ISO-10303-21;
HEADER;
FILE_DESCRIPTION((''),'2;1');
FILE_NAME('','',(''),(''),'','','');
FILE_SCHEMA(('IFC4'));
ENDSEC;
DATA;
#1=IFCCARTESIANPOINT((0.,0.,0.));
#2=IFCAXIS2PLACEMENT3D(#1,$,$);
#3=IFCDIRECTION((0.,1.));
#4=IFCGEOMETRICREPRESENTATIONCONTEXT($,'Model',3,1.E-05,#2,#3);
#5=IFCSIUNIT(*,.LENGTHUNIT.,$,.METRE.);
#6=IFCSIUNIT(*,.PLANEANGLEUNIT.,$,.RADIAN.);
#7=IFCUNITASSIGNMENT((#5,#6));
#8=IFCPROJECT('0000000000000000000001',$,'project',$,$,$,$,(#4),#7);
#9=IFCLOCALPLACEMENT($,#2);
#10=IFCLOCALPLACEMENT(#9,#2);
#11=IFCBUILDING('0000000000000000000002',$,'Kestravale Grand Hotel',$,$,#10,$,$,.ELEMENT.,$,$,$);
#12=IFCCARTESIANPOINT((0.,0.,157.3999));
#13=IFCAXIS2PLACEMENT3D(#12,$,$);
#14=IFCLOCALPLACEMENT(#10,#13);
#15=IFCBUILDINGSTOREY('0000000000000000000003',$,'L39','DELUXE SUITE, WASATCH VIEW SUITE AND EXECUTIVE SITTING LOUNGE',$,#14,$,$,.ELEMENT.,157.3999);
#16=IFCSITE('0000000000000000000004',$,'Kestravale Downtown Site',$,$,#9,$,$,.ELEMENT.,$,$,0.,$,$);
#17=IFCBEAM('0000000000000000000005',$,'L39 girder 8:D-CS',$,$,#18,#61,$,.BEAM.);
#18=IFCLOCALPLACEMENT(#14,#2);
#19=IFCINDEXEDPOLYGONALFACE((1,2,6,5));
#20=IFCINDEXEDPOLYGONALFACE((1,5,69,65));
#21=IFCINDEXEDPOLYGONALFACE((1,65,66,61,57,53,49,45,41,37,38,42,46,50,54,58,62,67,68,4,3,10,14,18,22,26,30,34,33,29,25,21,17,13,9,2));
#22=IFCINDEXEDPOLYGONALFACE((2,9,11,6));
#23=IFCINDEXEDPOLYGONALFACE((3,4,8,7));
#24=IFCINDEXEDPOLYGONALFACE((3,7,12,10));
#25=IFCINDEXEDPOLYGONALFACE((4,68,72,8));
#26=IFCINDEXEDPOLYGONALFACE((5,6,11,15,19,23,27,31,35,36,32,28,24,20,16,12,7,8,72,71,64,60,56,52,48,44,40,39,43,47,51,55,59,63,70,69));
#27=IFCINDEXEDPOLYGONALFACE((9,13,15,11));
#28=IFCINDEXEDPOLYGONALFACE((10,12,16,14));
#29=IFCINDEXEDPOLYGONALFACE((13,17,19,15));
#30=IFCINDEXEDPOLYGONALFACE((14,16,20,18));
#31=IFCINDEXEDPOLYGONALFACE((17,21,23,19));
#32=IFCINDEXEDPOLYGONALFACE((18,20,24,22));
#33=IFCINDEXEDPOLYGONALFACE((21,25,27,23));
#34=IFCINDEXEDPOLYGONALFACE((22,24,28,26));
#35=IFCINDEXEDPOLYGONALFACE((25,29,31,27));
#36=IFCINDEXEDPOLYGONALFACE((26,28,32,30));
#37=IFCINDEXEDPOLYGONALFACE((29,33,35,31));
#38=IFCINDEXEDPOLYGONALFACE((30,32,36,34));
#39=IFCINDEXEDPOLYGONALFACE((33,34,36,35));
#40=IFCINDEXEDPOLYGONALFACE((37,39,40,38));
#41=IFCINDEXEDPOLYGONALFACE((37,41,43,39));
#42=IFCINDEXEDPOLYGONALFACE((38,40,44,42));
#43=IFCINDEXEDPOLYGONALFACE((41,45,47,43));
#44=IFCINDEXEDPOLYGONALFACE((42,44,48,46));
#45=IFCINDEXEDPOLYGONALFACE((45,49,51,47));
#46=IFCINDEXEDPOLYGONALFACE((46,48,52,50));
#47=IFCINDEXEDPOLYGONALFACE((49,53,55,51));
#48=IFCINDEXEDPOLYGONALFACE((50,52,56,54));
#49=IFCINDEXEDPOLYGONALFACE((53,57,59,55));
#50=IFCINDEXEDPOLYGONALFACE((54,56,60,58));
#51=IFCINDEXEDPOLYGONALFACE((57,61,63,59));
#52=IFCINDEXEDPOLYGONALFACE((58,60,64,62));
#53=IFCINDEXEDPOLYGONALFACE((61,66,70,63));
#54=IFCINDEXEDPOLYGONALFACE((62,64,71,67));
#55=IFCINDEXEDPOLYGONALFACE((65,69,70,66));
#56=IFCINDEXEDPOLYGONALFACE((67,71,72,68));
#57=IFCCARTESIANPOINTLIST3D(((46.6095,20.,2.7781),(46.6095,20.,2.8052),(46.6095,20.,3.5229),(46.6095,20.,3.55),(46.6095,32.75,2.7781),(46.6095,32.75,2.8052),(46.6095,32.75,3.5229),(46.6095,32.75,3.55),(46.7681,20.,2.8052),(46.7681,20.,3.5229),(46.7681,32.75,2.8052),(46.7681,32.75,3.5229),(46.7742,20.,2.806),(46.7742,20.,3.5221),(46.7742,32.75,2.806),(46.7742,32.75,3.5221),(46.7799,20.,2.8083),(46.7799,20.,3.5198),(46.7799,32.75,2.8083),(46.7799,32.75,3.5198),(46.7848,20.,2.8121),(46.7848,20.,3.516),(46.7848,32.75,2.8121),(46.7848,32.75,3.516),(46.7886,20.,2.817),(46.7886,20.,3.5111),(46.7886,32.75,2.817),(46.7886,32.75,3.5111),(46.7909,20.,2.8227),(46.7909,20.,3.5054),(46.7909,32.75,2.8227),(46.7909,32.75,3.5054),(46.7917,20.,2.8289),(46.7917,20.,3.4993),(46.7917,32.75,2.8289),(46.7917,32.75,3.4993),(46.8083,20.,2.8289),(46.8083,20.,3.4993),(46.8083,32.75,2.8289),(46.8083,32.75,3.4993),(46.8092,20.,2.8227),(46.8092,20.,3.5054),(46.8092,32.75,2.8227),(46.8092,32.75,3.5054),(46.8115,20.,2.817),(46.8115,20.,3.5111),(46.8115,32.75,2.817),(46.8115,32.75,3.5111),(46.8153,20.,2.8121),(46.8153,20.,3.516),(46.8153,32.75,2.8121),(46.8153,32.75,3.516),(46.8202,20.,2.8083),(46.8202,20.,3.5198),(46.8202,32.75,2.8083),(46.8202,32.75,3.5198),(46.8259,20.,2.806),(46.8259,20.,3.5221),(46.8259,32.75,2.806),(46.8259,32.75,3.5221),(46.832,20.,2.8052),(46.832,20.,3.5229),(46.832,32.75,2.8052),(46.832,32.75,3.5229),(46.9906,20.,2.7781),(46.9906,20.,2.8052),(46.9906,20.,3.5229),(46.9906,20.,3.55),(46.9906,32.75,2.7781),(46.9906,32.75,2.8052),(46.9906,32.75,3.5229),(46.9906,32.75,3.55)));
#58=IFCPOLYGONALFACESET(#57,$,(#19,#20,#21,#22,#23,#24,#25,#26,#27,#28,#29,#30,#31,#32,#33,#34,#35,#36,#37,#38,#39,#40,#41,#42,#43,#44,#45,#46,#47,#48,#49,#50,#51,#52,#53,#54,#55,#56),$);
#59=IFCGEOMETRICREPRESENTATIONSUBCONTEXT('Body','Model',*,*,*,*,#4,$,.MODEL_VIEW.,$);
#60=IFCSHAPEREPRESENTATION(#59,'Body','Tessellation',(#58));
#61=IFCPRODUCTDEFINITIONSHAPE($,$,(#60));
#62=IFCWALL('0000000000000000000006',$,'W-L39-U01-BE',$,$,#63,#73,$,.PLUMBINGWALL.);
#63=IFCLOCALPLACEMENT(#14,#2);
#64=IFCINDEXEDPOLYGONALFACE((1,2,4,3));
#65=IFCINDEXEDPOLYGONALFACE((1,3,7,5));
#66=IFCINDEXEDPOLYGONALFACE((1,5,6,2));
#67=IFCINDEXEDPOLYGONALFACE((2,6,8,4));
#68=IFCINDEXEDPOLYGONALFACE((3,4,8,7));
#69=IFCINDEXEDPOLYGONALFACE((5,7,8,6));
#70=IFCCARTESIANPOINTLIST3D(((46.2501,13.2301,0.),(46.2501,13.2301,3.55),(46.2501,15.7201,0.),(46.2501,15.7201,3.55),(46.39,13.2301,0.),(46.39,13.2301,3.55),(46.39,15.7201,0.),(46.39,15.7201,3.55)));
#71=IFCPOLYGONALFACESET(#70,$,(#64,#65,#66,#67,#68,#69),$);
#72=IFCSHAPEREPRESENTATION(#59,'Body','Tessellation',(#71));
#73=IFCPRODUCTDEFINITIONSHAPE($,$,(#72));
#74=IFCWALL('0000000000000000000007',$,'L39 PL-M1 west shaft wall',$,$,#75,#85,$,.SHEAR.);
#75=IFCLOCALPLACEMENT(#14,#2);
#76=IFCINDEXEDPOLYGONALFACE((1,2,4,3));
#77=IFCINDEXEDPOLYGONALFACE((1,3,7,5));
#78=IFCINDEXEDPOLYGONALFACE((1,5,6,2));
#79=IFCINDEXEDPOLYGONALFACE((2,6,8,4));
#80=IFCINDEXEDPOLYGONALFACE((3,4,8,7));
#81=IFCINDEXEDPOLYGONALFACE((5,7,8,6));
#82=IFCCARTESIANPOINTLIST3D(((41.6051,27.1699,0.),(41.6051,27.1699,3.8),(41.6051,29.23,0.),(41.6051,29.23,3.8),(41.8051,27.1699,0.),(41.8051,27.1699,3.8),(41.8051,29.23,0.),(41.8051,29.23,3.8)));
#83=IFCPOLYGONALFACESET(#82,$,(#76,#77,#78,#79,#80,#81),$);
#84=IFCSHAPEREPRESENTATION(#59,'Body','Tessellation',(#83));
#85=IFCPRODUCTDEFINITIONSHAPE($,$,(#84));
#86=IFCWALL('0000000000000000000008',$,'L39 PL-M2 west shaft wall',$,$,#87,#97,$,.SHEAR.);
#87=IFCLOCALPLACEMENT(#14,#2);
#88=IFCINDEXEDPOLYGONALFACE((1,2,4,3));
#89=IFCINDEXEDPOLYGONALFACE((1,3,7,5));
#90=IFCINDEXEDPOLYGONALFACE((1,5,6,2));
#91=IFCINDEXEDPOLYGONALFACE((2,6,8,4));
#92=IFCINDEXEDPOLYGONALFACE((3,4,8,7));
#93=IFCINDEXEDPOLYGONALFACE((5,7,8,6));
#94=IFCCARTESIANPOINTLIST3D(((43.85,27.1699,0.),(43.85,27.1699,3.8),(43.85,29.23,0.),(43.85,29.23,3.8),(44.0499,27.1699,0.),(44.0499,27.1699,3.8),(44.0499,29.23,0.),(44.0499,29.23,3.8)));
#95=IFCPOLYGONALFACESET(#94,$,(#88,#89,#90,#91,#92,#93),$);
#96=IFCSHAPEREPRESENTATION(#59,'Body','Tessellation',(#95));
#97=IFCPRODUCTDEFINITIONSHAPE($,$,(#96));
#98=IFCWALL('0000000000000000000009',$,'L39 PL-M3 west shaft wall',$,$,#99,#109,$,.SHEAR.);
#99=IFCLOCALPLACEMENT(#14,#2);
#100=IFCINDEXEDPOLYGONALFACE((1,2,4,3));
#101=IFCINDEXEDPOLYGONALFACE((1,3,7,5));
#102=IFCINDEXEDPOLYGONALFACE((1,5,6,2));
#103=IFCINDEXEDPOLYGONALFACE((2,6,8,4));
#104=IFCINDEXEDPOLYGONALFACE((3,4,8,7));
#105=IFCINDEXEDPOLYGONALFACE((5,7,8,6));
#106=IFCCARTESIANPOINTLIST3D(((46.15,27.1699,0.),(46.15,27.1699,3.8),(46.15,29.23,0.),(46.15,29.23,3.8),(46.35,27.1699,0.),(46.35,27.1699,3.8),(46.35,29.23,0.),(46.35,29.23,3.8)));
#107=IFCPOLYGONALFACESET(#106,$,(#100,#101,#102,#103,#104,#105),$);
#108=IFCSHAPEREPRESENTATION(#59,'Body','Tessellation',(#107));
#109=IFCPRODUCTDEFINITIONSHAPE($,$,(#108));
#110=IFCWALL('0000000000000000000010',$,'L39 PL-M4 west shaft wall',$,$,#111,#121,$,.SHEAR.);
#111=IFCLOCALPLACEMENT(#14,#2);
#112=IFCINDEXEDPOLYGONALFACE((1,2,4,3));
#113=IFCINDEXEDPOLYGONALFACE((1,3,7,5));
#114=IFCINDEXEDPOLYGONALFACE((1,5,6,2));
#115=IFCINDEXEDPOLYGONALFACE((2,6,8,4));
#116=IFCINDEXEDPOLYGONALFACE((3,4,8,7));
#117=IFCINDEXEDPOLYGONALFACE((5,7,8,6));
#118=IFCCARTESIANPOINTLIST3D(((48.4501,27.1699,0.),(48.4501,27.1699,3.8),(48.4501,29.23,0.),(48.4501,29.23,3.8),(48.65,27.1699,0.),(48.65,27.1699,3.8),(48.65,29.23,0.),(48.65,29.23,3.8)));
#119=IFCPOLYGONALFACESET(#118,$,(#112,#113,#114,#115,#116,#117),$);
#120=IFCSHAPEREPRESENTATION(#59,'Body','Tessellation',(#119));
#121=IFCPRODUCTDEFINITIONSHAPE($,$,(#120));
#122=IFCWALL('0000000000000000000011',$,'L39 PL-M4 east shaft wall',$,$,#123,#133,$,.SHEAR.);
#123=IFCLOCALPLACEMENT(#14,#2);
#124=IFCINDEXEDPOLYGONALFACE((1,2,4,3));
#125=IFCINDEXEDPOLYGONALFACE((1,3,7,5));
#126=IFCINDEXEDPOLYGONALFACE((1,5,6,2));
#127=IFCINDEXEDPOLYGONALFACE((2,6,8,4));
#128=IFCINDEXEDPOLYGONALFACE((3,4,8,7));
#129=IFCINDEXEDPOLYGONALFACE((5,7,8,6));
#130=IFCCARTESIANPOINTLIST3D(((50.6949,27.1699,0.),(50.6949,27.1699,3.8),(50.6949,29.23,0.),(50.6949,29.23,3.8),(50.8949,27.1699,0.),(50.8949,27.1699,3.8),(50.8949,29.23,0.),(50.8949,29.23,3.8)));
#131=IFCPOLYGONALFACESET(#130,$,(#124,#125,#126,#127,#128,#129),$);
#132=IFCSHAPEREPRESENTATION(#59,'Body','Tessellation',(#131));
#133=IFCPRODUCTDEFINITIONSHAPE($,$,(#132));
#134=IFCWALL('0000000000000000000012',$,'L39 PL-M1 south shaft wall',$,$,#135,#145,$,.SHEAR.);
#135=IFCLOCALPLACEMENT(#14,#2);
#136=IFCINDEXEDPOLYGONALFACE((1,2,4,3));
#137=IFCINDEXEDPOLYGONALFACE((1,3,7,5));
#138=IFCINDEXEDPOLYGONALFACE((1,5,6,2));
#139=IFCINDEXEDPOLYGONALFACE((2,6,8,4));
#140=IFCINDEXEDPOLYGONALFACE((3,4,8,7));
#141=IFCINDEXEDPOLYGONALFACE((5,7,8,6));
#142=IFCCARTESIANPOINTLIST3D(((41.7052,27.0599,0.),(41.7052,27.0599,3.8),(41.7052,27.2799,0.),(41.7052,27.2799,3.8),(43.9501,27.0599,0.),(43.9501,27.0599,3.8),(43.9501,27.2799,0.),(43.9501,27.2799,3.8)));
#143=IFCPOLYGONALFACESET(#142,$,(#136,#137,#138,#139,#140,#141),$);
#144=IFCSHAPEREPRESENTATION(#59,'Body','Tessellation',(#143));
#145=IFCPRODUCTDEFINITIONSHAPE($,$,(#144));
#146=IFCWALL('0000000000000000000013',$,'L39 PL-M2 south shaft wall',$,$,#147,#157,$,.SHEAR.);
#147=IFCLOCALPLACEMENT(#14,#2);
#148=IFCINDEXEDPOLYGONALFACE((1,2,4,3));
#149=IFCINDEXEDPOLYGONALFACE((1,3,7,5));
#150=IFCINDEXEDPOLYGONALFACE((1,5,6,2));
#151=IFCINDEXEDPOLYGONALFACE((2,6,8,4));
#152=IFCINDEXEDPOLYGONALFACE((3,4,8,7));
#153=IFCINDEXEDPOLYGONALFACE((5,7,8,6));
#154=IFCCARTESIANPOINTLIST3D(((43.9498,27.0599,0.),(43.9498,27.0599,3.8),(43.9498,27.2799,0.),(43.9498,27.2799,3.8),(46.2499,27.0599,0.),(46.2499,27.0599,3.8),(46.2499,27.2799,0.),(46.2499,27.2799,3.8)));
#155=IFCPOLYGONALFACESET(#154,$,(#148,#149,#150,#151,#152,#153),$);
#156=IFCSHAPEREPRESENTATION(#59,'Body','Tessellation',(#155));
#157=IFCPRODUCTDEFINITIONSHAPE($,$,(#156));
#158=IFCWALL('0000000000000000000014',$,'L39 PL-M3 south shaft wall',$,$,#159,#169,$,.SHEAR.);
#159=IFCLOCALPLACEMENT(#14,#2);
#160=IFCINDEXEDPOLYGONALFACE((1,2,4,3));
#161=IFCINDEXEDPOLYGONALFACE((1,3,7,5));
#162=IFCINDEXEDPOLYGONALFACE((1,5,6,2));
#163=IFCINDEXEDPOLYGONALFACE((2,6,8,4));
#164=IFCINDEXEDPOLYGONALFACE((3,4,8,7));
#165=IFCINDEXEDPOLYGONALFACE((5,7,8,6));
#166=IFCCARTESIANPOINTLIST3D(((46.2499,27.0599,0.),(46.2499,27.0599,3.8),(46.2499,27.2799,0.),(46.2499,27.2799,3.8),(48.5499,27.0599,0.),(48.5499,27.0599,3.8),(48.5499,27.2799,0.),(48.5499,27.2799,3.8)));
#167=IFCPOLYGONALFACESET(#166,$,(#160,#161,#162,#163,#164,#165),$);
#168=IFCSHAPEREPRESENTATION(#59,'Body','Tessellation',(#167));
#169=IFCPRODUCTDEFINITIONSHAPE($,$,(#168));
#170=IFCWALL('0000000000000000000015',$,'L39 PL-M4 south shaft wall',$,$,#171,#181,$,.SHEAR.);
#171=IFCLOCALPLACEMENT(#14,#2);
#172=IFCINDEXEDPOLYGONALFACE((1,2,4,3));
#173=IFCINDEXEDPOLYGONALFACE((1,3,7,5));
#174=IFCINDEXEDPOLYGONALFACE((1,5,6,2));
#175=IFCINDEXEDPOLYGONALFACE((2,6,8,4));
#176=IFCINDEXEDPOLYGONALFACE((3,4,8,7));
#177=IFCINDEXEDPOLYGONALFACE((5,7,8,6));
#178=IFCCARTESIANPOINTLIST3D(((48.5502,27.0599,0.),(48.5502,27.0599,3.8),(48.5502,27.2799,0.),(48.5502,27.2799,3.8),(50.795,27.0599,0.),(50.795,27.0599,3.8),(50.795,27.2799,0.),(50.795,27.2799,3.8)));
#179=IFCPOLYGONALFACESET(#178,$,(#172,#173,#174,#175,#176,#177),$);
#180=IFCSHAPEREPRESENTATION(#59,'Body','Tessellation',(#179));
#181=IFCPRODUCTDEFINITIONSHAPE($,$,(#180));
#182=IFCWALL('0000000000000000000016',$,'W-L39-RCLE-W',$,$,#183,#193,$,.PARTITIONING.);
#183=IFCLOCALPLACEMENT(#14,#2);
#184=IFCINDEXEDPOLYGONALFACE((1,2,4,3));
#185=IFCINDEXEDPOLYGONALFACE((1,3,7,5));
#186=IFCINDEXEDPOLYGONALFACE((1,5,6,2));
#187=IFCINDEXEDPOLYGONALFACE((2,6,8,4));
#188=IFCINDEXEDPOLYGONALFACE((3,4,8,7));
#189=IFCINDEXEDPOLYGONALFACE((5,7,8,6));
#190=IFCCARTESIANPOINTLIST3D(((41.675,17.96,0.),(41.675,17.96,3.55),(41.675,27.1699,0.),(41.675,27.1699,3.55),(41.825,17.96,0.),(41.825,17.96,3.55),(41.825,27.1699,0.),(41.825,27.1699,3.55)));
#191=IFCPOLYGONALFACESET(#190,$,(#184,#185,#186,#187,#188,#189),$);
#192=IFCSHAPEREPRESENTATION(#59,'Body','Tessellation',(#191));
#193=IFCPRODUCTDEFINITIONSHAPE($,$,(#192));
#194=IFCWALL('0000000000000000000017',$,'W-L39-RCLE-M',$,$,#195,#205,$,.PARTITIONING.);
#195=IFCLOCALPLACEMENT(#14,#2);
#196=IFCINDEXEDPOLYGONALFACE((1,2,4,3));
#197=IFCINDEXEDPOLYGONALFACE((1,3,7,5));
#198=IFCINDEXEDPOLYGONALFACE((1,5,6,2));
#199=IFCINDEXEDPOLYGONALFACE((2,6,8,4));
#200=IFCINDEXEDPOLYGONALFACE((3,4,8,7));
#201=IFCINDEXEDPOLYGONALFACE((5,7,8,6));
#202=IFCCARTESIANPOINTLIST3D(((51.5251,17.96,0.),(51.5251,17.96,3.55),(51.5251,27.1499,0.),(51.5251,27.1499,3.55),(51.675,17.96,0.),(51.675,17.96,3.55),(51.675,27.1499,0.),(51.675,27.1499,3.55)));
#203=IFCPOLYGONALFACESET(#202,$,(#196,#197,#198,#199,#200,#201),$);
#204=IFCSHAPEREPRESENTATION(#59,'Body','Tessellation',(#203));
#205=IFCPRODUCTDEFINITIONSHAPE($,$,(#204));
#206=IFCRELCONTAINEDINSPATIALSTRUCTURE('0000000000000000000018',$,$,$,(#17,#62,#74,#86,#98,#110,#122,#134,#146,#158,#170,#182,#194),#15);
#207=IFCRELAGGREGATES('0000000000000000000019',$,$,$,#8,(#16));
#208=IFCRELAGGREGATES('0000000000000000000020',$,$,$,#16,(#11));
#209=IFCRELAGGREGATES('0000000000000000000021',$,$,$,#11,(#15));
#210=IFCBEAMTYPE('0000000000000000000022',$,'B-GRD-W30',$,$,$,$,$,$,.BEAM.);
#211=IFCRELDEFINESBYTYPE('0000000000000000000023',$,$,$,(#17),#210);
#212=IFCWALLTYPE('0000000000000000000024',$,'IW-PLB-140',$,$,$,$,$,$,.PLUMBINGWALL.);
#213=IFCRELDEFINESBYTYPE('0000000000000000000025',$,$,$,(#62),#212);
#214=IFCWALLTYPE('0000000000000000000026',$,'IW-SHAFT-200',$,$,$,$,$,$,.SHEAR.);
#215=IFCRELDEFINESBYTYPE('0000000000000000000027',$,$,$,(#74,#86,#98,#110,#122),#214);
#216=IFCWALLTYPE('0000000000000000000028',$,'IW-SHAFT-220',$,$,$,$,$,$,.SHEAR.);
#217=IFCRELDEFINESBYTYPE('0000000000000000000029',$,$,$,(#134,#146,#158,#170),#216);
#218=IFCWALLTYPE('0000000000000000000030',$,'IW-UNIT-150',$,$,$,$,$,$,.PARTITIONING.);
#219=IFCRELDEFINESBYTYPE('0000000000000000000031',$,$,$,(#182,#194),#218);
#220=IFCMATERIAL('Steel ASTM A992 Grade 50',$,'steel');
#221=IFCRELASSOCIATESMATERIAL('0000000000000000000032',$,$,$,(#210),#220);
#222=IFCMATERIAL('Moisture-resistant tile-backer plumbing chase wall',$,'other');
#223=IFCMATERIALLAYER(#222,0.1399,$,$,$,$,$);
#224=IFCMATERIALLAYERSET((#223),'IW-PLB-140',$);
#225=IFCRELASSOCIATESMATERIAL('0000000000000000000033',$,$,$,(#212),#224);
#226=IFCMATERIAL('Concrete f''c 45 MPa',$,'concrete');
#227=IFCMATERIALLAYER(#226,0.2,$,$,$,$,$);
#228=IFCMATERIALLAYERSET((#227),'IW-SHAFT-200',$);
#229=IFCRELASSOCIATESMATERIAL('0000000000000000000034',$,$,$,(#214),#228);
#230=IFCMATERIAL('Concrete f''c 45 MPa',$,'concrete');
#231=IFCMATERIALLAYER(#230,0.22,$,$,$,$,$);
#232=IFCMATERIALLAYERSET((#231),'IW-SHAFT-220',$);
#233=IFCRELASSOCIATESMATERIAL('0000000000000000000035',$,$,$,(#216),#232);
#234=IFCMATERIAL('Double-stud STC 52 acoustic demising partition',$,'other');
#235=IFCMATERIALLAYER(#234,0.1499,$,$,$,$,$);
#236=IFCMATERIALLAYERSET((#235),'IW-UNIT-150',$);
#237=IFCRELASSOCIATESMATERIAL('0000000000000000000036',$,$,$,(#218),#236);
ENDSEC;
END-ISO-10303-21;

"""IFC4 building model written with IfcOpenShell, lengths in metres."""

from ifc_helpers import new_model, si_unit, direction, frame, frame_2d, origin, origin_2d, place, context, subcontext, project, spatial, rectangle, i_section, extrude, material, layer, layer_set, material_profile, profile_set, type_object, element, save


model = new_model("IFC4")

# Units and contexts
model_context = context("Model", 3, precision=1e-05, world=origin(), true_north=direction((0.0, 1.0)))
body_context = subcontext(model_context, "Body", "Model", "MODEL_VIEW")
ifc_project = project(units=[si_unit("LENGTHUNIT", "METRE"), si_unit("PLANEANGLEUNIT", "RADIAN")], contexts=[model_context])

# Site, building, storey
site_placement = place(None, origin())
site = spatial("IfcSite", under=ifc_project, at=site_placement, Name="Kestravale Downtown Site", CompositionType="ELEMENT", RefElevation=0.0)
building_placement = place(site_placement, origin())
building = spatial("IfcBuilding", under=site, at=building_placement, Name="Kestravale Grand Hotel", CompositionType="ELEMENT")
storey_placement = place(building_placement, frame((0.0, 0.0, 157.3999)))
storey = spatial("IfcBuildingStorey", under=building, at=storey_placement, Name="L39", Description="DELUXE SUITE, WASATCH VIEW SUITE AND EXECUTIVE SITTING LOUNGE", CompositionType="ELEMENT", Elevation=157.3999)

# Beam
ifc_material_1 = material(Name="Steel ASTM A992 Grade 50", Category="steel")
ifc_material_profile_1 = material_profile(ifc_material_1, i_section(OverallWidth=0.3811, OverallDepth=0.772, WebThickness=0.0166, FlangeThickness=0.0271, FilletRadius=0.0237, at=origin_2d()))
ifc_profile_set_1 = profile_set([ifc_material_profile_1], Name="Steel ASTM A992 Grade 50")
beam_type = type_object("IfcBeamType", Name="B-GRD-W30", PredefinedType="BEAM", material=ifc_profile_set_1)
beam_1_placement = place(storey_placement, frame((46.8, 20.0, 3.1641), z_axis=(0.0, 1.0, 0.0), x_axis=(-1.0, 0.0, 0.0)))
element("IfcBeam", 1, at=beam_1_placement, inside=storey, type_object=beam_type, Name="L39 girder 8:D-CS", PredefinedType="BEAM", context=body_context, shape_type="SweptSolid", body=[
    extrude(i_section(OverallWidth=0.3811, OverallDepth=0.772, WebThickness=0.0166, FlangeThickness=0.0271, FilletRadius=0.0237, at=origin_2d()), origin(), (0.0, 0.0, 1.0), 12.75),
])

# Walls
ifc_material_2 = material(Name="Moisture-resistant tile-backer plumbing chase wall", Category="other")
ifc_layer_1 = layer(ifc_material_2, 0.1399)
ifc_layer_set_1 = layer_set([ifc_layer_1], Name="IW-PLB-140")
wall_type_1 = type_object("IfcWallType", Name="IW-PLB-140", PredefinedType="PLUMBINGWALL", material=ifc_layer_set_1)
wall_1_placement = place(storey_placement, frame((46.3201, 13.23, 0.0), z_axis=(0.0, 0.0, 1.0), x_axis=(0.0, 1.0, 0.0)))
element("IfcWall", 2, at=wall_1_placement, inside=storey, type_object=wall_type_1, Name="W-L39-U01-BE", PredefinedType="PLUMBINGWALL", context=body_context, shape_type="SweptSolid", body=[
    extrude(rectangle(XDim=2.49, YDim=0.1399, at=frame_2d((1.2451, 0.0))), origin(), (0.0, 0.0, 1.0), 3.55),
])
ifc_material_3 = material(Name="Concrete f'c 45 MPa", Category="concrete")
ifc_layer_2 = layer(ifc_material_3, 0.2)
ifc_layer_set_2 = layer_set([ifc_layer_2], Name="IW-SHAFT-200")
wall_type_2 = type_object("IfcWallType", Name="IW-SHAFT-200", PredefinedType="SHEAR", material=ifc_layer_set_2)
for number, where, z_axis, x_axis, name in (
    (3, (41.7051, 27.1699, 0.0), (0.0, 0.0, 1.0), (0.0, 1.0, 0.0), "L39 PL-M1 west shaft wall"),
    (4, (43.95, 27.1699, 0.0), (0.0, 0.0, 1.0), (0.0, 1.0, 0.0), "L39 PL-M2 west shaft wall"),
    (5, (46.25, 27.1699, 0.0), (0.0, 0.0, 1.0), (0.0, 1.0, 0.0), "L39 PL-M3 west shaft wall"),
    (6, (48.55, 27.1699, 0.0), (0.0, 0.0, 1.0), (0.0, 1.0, 0.0), "L39 PL-M4 west shaft wall"),
    (7, (50.7949, 27.1699, 0.0), (0.0, 0.0, 1.0), (0.0, 1.0, 0.0), "L39 PL-M4 east shaft wall"),
):
    element("IfcWall", number, at=place(storey_placement, frame(where, z_axis=z_axis, x_axis=x_axis)), inside=storey, type_object=wall_type_2, Name=name, PredefinedType="SHEAR", context=body_context, shape_type="SweptSolid", body=[
        extrude(rectangle(XDim=2.0601, YDim=0.2, at=frame_2d((1.03, 0.0))), origin(), (0.0, 0.0, 1.0), 3.8),
    ])
ifc_material_4 = material(Name="Concrete f'c 45 MPa", Category="concrete")
ifc_layer_3 = layer(ifc_material_4, 0.22)
ifc_layer_set_3 = layer_set([ifc_layer_3], Name="IW-SHAFT-220")
wall_type_3 = type_object("IfcWallType", Name="IW-SHAFT-220", PredefinedType="SHEAR", material=ifc_layer_set_3)
wall_2_placement = place(storey_placement, frame((41.7051, 27.1699, 0.0), z_axis=(0.0, 0.0, 1.0), x_axis=(1.0, 0.0, 0.0)))
element("IfcWall", 8, at=wall_2_placement, inside=storey, type_object=wall_type_3, Name="L39 PL-M1 south shaft wall", PredefinedType="SHEAR", context=body_context, shape_type="SweptSolid", body=[
    extrude(rectangle(XDim=2.2449, YDim=0.22, at=frame_2d((1.1226, 0.0))), origin(), (0.0, 0.0, 1.0), 3.8),
])
for number, where, z_axis, x_axis, name in (
    (9, (43.95, 27.1699, 0.0), (0.0, 0.0, 1.0), (1.0, 0.0, 0.0), "L39 PL-M2 south shaft wall"),
    (10, (46.25, 27.1699, 0.0), (0.0, 0.0, 1.0), (1.0, 0.0, 0.0), "L39 PL-M3 south shaft wall"),
):
    element("IfcWall", number, at=place(storey_placement, frame(where, z_axis=z_axis, x_axis=x_axis)), inside=storey, type_object=wall_type_3, Name=name, PredefinedType="SHEAR", context=body_context, shape_type="SweptSolid", body=[
        extrude(rectangle(XDim=2.3, YDim=0.22, at=frame_2d((1.1499, 0.0))), origin(), (0.0, 0.0, 1.0), 3.8),
    ])
wall_3_placement = place(storey_placement, frame((48.55, 27.1699, 0.0), z_axis=(0.0, 0.0, 1.0), x_axis=(1.0, 0.0, 0.0)))
element("IfcWall", 11, at=wall_3_placement, inside=storey, type_object=wall_type_3, Name="L39 PL-M4 south shaft wall", PredefinedType="SHEAR", context=body_context, shape_type="SweptSolid", body=[
    extrude(rectangle(XDim=2.2449, YDim=0.22, at=frame_2d((1.1226, 0.0))), origin(), (0.0, 0.0, 1.0), 3.8),
])
ifc_material_5 = material(Name="Double-stud STC 52 acoustic demising partition", Category="other")
ifc_layer_4 = layer(ifc_material_5, 0.1499)
ifc_layer_set_4 = layer_set([ifc_layer_4], Name="IW-UNIT-150")
wall_type_4 = type_object("IfcWallType", Name="IW-UNIT-150", PredefinedType="PARTITIONING", material=ifc_layer_set_4)
wall_4_placement = place(storey_placement, frame((41.75, 17.96, 0.0), z_axis=(0.0, 0.0, 1.0), x_axis=(0.0, 1.0, 0.0)))
element("IfcWall", 12, at=wall_4_placement, inside=storey, type_object=wall_type_4, Name="W-L39-RCLE-W", PredefinedType="PARTITIONING", context=body_context, shape_type="SweptSolid", body=[
    extrude(rectangle(XDim=9.21, YDim=0.1499, at=frame_2d((4.605, 0.0))), origin(), (0.0, 0.0, 1.0), 3.55),
])
wall_5_placement = place(storey_placement, frame((51.6001, 17.96, 0.0), z_axis=(0.0, 0.0, 1.0), x_axis=(0.0, 1.0, 0.0)))
element("IfcWall", 13, at=wall_5_placement, inside=storey, type_object=wall_type_4, Name="W-L39-RCLE-M", PredefinedType="PARTITIONING", context=body_context, shape_type="SweptSolid", body=[
    extrude(rectangle(XDim=9.1899, YDim=0.1499, at=frame_2d((4.595, 0.0))), origin(), (0.0, 0.0, 1.0), 3.55),
])

save(model, "model.ifc")
